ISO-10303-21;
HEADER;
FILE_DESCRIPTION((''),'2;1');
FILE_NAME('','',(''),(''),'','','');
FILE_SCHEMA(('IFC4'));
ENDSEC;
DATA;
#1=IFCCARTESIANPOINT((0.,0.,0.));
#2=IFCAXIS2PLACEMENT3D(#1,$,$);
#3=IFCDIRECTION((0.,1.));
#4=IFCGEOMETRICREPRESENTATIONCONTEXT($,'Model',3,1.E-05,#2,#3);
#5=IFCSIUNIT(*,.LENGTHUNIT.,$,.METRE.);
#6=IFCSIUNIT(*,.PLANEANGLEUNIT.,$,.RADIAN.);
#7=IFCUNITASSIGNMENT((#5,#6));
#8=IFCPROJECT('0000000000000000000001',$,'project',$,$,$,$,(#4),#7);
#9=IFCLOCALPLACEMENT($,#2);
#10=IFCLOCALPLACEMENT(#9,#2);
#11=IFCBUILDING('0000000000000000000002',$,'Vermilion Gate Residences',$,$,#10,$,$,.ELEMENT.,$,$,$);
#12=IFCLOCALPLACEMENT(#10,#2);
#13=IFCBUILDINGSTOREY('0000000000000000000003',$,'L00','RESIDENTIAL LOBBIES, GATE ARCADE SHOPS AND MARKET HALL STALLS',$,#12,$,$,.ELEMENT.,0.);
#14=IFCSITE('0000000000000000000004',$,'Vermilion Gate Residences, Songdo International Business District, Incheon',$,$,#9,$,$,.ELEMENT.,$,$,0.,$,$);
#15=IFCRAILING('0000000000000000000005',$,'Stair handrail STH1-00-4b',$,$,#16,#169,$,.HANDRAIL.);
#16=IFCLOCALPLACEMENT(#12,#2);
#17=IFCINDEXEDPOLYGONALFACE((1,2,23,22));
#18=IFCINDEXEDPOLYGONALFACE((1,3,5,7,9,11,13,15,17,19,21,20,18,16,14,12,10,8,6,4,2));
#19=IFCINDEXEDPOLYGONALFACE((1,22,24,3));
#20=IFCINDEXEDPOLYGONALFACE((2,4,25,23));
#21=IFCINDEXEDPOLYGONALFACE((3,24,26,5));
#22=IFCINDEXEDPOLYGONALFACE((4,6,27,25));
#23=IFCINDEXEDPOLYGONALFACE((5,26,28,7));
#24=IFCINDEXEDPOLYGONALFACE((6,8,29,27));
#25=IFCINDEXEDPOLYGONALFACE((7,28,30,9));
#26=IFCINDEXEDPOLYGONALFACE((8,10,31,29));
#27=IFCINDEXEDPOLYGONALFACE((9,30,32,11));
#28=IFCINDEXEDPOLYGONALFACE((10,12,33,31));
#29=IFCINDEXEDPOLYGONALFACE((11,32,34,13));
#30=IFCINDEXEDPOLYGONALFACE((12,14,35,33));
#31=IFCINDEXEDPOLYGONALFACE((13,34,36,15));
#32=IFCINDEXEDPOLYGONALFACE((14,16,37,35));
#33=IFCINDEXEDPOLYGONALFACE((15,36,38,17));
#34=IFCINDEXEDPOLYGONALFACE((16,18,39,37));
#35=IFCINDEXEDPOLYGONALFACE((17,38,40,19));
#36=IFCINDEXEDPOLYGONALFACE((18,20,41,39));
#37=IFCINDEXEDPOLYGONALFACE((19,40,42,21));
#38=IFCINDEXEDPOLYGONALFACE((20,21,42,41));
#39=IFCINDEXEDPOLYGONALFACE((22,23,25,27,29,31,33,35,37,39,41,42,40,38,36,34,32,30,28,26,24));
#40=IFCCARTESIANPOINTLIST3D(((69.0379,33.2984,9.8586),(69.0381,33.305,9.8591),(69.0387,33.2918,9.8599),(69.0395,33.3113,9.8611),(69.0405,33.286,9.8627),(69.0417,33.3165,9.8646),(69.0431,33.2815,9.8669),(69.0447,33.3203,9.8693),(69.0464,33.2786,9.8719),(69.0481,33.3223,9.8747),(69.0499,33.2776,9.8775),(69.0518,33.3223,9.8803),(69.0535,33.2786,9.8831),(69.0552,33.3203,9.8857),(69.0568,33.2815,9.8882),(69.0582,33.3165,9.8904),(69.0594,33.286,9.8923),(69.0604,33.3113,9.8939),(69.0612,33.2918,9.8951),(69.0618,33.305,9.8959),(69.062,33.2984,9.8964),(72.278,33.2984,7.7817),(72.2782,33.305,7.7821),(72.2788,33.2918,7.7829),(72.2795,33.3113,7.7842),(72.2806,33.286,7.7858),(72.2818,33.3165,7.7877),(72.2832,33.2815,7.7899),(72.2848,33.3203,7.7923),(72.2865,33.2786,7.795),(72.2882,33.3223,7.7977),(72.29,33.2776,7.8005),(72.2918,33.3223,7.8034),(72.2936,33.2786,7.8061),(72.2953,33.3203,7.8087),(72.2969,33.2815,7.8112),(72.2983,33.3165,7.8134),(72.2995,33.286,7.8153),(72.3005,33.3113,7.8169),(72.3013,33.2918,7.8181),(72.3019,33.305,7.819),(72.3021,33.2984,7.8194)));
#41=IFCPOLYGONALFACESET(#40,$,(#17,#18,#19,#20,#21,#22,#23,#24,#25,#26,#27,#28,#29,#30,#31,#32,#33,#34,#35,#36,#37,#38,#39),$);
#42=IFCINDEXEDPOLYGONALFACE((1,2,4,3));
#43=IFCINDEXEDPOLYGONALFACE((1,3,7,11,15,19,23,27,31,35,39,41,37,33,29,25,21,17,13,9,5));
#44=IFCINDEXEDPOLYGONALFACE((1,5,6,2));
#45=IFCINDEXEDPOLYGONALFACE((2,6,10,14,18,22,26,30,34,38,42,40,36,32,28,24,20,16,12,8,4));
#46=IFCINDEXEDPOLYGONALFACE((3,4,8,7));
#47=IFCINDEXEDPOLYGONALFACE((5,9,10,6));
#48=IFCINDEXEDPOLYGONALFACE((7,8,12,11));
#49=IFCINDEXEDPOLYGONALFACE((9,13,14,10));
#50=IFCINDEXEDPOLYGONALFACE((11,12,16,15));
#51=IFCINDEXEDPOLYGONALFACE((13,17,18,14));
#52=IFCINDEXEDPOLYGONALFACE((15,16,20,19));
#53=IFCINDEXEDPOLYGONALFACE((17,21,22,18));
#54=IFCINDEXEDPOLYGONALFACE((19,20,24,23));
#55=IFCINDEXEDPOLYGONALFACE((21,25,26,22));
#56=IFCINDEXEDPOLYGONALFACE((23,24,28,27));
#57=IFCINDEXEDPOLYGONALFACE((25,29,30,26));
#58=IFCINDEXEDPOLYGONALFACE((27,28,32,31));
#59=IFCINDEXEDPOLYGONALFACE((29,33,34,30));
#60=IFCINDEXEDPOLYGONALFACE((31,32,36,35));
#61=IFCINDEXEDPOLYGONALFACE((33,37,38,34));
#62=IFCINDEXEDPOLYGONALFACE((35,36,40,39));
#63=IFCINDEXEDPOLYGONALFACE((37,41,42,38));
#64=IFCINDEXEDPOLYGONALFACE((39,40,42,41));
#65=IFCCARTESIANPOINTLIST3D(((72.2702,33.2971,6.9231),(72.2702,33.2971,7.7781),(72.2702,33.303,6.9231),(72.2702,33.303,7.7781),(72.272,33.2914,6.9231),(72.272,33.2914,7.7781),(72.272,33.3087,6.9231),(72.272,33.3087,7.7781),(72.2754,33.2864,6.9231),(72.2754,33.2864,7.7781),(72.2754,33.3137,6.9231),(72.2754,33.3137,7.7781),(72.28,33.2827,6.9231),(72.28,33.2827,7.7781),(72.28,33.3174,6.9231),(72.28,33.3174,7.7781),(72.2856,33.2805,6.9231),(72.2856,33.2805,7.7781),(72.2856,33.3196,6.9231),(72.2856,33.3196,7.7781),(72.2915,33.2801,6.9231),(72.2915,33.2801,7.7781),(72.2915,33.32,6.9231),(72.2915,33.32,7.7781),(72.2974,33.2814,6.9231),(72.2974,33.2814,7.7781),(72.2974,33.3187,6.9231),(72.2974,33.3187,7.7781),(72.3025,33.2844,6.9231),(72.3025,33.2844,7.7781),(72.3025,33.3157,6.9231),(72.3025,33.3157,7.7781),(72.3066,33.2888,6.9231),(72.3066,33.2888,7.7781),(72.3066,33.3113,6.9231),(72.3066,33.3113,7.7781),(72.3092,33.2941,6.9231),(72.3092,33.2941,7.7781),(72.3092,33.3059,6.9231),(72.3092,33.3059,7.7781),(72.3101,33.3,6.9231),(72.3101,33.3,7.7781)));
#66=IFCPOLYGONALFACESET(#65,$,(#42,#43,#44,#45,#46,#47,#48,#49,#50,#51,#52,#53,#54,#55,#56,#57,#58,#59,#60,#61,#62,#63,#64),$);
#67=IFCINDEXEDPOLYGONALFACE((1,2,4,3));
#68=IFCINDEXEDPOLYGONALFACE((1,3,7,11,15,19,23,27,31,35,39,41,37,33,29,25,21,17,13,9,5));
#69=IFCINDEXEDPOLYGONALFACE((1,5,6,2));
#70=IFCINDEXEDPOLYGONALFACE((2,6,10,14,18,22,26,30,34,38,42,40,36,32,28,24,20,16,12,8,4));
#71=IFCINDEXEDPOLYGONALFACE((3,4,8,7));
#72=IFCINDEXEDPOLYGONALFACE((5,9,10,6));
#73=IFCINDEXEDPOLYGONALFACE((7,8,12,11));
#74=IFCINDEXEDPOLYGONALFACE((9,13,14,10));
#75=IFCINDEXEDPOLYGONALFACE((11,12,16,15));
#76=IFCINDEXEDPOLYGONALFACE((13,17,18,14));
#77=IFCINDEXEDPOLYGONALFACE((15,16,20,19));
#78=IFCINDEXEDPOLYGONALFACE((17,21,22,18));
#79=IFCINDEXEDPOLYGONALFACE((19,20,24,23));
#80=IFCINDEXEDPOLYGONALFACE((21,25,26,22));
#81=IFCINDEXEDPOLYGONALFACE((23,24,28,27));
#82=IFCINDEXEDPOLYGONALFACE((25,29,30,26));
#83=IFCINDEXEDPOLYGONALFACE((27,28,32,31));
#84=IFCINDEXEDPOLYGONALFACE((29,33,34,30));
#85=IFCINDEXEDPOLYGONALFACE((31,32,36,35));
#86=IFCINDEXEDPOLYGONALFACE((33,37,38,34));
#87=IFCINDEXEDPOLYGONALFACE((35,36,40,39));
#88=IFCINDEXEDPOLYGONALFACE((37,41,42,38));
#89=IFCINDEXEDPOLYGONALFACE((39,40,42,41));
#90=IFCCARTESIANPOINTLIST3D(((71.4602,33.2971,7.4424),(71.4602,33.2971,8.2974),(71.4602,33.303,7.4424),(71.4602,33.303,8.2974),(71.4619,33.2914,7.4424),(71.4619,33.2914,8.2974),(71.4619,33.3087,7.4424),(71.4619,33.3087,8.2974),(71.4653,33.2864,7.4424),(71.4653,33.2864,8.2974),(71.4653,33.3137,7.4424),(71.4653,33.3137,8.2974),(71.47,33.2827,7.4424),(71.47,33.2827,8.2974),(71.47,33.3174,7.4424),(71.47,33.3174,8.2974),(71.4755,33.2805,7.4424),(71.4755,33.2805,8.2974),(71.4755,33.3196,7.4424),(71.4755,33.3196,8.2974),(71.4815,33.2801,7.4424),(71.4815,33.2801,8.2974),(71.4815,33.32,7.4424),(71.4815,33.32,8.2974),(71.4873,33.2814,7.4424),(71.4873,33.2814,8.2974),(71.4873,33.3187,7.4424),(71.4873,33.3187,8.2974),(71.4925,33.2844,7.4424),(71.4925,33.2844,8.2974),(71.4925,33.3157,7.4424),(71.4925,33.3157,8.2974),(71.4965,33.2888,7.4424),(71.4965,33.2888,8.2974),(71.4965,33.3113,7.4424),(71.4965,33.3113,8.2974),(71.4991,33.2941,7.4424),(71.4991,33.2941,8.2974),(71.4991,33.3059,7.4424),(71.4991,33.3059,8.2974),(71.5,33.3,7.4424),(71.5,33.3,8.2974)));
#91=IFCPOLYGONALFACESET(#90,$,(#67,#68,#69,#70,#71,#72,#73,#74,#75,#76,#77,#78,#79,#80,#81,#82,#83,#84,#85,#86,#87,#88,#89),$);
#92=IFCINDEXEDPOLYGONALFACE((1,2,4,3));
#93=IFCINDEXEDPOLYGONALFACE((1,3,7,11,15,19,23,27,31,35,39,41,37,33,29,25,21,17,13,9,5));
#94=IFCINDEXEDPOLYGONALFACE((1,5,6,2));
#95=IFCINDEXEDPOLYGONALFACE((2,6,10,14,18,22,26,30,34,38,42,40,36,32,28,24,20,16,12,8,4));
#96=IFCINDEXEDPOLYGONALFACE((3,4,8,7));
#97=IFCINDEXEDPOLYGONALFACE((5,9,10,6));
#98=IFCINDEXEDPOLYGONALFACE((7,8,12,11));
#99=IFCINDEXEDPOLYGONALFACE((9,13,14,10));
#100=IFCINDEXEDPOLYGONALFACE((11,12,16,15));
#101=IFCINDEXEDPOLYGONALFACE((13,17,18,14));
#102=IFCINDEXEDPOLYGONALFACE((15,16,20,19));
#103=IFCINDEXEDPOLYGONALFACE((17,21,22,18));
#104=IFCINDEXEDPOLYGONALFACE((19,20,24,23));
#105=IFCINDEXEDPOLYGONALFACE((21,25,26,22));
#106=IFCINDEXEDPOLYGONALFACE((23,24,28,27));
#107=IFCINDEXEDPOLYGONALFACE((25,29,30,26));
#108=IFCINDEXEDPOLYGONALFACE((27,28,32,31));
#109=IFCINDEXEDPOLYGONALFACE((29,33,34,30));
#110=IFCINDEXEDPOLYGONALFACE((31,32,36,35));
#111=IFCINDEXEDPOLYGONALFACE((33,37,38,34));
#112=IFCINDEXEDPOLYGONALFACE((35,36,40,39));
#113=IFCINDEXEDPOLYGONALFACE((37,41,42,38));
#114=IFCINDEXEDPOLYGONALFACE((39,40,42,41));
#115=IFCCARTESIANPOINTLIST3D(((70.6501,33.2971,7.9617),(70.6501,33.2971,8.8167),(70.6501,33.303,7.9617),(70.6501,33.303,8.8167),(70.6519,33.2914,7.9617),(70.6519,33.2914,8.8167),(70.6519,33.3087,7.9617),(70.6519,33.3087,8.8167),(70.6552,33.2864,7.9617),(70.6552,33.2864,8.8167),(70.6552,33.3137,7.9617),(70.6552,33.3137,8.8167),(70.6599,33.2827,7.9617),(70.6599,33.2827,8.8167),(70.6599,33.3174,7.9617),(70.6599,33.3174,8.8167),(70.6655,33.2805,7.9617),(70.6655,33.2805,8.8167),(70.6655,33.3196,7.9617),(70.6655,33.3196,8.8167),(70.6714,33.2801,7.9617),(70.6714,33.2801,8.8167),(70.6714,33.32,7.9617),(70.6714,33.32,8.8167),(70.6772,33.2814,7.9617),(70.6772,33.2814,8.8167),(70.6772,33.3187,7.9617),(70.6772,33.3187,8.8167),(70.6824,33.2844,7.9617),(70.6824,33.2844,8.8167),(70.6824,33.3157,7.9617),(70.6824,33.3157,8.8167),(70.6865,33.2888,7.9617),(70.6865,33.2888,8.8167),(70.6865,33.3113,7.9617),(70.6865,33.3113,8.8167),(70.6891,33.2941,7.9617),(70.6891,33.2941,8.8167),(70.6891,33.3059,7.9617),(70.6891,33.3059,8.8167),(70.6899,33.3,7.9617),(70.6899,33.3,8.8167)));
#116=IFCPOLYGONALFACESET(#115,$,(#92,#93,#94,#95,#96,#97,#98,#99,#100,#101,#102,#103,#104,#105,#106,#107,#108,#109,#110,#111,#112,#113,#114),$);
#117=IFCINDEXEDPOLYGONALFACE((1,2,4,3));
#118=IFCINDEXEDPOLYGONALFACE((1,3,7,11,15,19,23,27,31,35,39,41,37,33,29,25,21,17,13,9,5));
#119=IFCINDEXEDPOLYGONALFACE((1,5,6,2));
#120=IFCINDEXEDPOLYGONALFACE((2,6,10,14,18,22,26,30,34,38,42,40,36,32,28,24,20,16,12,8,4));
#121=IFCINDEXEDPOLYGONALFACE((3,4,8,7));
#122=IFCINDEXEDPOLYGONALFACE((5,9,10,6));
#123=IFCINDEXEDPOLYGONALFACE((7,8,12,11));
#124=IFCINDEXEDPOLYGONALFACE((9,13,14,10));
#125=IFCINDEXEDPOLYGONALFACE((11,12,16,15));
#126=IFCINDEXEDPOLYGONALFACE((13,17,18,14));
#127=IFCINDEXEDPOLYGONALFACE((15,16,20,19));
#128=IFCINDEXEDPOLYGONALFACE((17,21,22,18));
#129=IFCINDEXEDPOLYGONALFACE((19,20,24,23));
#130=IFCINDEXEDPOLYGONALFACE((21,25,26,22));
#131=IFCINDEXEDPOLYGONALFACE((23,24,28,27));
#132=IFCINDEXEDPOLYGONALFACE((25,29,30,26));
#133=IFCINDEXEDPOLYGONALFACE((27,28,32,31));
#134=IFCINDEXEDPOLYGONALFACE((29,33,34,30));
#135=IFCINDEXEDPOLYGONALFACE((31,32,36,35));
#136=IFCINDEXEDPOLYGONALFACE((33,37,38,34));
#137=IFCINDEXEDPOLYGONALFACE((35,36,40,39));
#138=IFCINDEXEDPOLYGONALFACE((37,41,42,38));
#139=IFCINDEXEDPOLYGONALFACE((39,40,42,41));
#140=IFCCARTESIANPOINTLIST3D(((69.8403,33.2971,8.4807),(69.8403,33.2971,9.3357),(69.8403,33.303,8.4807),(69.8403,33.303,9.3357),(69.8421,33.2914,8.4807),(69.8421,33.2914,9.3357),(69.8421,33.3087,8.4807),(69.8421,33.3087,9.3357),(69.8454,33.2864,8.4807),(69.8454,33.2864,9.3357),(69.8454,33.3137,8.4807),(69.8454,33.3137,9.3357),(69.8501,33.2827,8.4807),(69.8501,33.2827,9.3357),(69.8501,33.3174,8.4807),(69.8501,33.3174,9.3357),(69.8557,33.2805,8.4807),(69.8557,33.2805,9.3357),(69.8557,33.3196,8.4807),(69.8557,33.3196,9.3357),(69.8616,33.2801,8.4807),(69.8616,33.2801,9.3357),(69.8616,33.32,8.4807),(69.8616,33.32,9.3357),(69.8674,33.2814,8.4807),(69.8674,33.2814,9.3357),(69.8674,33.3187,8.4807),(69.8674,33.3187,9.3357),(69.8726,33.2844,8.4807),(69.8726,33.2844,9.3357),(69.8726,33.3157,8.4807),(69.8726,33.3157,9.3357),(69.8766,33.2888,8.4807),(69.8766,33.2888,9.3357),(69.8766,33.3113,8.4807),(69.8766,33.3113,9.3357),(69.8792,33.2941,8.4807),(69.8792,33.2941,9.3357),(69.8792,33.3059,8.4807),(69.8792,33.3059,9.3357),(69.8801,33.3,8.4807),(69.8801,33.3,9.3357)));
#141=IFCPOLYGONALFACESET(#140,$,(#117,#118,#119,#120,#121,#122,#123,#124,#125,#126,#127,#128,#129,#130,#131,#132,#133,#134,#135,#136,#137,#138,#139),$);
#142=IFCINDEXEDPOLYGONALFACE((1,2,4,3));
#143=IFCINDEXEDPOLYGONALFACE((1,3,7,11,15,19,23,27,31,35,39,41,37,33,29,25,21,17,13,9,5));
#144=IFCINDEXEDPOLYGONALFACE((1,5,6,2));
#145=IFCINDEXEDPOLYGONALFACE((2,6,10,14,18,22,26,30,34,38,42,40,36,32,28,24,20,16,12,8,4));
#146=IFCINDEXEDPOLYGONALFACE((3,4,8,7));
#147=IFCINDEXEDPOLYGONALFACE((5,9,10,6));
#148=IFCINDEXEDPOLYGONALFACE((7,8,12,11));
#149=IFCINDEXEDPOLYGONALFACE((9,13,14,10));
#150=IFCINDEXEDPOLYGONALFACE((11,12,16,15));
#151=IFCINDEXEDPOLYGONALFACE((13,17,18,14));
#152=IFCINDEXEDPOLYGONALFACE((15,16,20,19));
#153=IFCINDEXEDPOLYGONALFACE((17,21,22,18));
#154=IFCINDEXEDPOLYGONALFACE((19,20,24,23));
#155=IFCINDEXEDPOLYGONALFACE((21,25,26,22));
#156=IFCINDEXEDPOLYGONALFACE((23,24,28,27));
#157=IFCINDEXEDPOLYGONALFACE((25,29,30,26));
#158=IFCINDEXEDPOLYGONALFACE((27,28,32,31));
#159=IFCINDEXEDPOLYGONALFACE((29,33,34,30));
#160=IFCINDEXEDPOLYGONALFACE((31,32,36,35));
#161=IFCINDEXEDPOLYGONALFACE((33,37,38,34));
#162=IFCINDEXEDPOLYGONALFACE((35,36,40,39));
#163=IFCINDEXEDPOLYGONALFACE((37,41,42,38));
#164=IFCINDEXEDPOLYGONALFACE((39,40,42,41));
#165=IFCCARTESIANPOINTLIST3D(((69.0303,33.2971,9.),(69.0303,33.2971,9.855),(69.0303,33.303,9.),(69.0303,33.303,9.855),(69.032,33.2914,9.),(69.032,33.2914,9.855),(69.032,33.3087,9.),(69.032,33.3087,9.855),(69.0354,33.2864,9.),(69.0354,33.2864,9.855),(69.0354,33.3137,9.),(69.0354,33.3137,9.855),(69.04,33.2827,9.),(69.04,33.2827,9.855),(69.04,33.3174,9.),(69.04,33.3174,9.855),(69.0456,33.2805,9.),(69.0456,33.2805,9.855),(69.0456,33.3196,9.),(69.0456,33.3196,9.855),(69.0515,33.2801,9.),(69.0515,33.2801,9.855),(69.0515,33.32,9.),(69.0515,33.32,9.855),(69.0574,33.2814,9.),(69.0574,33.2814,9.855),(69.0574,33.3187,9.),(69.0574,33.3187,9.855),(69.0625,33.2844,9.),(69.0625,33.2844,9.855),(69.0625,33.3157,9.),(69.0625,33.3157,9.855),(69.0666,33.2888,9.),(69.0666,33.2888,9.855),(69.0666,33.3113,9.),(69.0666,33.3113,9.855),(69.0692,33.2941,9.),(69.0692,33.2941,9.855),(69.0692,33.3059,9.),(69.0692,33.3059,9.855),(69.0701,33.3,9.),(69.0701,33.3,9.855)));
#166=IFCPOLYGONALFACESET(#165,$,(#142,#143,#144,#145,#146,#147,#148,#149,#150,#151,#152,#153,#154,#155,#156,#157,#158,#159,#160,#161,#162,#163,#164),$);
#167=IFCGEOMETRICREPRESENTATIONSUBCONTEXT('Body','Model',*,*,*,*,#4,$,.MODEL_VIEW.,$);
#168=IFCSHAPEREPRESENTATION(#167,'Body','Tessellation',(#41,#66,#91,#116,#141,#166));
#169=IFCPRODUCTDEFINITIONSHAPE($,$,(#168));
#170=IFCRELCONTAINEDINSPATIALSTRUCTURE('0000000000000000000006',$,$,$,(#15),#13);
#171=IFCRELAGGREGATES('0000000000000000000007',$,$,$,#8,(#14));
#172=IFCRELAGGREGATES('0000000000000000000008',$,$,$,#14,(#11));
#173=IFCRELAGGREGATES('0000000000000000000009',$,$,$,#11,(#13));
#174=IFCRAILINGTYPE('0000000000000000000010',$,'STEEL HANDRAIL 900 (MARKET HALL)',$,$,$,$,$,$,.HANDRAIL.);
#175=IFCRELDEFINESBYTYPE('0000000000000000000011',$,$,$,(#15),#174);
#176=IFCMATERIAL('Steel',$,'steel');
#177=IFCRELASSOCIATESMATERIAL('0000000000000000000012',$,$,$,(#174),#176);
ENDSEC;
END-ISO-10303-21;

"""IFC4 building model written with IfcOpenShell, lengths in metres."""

from ifc_helpers import new_model, si_unit, direction, frame, origin, origin_2d, place, context, subcontext, project, spatial, circle, extrude, material, type_object, element, save


model = new_model("IFC4")

# Units and contexts
model_context = context("Model", 3, precision=1e-05, world=origin(), true_north=direction((0.0, 1.0)))
body_context = subcontext(model_context, "Body", "Model", "MODEL_VIEW")
ifc_project = project(units=[si_unit("LENGTHUNIT", "METRE"), si_unit("PLANEANGLEUNIT", "RADIAN")], contexts=[model_context])

# Site, building, storey
site_placement = place(None, origin())
site = spatial("IfcSite", under=ifc_project, at=site_placement, Name="Vermilion Gate Residences, Songdo International Business District, Incheon", CompositionType="ELEMENT", RefElevation=0.0)
building_placement = place(site_placement, origin())
building = spatial("IfcBuilding", under=site, at=building_placement, Name="Vermilion Gate Residences", CompositionType="ELEMENT")
storey_placement = place(building_placement, origin())
storey = spatial("IfcBuildingStorey", under=building, at=storey_placement, Name="L00", Description="RESIDENTIAL LOBBIES, GATE ARCADE SHOPS AND MARKET HALL STALLS", CompositionType="ELEMENT", Elevation=0.0)

# Railing
ifc_material_1 = material(Name="Steel", Category="steel")
railing_type = type_object("IfcRailingType", Name="STEEL HANDRAIL 900 (MARKET HALL)", PredefinedType="HANDRAIL", material=ifc_material_1)
for number, where, name in (
    (1, (72.29, 33.3, 6.9231), "Stair handrail STH1-00-4b"),
):
    element("IfcRailing", number, at=place(storey_placement, frame(where)), inside=storey, type_object=railing_type, Name=name, PredefinedType="HANDRAIL", context=body_context, shape_type="SweptSolid", body=[
        extrude(circle(Radius=0.0225, at=origin_2d()), frame((0.0, 0.0, 0.8774), z_axis=(-0.841881, 0.0, 0.539664), x_axis=(0.0, -1.0, 0.0)), (0.0, 0.0, 1.0), 3.8486),
        extrude(circle(Radius=0.02, at=origin_2d()), origin(), (0.0, 0.0, 1.0), 0.855),
        extrude(circle(Radius=0.02, at=origin_2d()), frame((-0.8101, 0.0, 0.5193)), (0.0, 0.0, 1.0), 0.855),
        extrude(circle(Radius=0.02, at=origin_2d()), frame((-1.6201, 0.0, 1.0386)), (0.0, 0.0, 1.0), 0.855),
        extrude(circle(Radius=0.02, at=origin_2d()), frame((-2.4299, 0.0, 1.5576)), (0.0, 0.0, 1.0), 0.855),
        extrude(circle(Radius=0.02, at=origin_2d()), frame((-3.24, 0.0, 2.0769)), (0.0, 0.0, 1.0), 0.855),
    ])

save(model, "model.ifc")
